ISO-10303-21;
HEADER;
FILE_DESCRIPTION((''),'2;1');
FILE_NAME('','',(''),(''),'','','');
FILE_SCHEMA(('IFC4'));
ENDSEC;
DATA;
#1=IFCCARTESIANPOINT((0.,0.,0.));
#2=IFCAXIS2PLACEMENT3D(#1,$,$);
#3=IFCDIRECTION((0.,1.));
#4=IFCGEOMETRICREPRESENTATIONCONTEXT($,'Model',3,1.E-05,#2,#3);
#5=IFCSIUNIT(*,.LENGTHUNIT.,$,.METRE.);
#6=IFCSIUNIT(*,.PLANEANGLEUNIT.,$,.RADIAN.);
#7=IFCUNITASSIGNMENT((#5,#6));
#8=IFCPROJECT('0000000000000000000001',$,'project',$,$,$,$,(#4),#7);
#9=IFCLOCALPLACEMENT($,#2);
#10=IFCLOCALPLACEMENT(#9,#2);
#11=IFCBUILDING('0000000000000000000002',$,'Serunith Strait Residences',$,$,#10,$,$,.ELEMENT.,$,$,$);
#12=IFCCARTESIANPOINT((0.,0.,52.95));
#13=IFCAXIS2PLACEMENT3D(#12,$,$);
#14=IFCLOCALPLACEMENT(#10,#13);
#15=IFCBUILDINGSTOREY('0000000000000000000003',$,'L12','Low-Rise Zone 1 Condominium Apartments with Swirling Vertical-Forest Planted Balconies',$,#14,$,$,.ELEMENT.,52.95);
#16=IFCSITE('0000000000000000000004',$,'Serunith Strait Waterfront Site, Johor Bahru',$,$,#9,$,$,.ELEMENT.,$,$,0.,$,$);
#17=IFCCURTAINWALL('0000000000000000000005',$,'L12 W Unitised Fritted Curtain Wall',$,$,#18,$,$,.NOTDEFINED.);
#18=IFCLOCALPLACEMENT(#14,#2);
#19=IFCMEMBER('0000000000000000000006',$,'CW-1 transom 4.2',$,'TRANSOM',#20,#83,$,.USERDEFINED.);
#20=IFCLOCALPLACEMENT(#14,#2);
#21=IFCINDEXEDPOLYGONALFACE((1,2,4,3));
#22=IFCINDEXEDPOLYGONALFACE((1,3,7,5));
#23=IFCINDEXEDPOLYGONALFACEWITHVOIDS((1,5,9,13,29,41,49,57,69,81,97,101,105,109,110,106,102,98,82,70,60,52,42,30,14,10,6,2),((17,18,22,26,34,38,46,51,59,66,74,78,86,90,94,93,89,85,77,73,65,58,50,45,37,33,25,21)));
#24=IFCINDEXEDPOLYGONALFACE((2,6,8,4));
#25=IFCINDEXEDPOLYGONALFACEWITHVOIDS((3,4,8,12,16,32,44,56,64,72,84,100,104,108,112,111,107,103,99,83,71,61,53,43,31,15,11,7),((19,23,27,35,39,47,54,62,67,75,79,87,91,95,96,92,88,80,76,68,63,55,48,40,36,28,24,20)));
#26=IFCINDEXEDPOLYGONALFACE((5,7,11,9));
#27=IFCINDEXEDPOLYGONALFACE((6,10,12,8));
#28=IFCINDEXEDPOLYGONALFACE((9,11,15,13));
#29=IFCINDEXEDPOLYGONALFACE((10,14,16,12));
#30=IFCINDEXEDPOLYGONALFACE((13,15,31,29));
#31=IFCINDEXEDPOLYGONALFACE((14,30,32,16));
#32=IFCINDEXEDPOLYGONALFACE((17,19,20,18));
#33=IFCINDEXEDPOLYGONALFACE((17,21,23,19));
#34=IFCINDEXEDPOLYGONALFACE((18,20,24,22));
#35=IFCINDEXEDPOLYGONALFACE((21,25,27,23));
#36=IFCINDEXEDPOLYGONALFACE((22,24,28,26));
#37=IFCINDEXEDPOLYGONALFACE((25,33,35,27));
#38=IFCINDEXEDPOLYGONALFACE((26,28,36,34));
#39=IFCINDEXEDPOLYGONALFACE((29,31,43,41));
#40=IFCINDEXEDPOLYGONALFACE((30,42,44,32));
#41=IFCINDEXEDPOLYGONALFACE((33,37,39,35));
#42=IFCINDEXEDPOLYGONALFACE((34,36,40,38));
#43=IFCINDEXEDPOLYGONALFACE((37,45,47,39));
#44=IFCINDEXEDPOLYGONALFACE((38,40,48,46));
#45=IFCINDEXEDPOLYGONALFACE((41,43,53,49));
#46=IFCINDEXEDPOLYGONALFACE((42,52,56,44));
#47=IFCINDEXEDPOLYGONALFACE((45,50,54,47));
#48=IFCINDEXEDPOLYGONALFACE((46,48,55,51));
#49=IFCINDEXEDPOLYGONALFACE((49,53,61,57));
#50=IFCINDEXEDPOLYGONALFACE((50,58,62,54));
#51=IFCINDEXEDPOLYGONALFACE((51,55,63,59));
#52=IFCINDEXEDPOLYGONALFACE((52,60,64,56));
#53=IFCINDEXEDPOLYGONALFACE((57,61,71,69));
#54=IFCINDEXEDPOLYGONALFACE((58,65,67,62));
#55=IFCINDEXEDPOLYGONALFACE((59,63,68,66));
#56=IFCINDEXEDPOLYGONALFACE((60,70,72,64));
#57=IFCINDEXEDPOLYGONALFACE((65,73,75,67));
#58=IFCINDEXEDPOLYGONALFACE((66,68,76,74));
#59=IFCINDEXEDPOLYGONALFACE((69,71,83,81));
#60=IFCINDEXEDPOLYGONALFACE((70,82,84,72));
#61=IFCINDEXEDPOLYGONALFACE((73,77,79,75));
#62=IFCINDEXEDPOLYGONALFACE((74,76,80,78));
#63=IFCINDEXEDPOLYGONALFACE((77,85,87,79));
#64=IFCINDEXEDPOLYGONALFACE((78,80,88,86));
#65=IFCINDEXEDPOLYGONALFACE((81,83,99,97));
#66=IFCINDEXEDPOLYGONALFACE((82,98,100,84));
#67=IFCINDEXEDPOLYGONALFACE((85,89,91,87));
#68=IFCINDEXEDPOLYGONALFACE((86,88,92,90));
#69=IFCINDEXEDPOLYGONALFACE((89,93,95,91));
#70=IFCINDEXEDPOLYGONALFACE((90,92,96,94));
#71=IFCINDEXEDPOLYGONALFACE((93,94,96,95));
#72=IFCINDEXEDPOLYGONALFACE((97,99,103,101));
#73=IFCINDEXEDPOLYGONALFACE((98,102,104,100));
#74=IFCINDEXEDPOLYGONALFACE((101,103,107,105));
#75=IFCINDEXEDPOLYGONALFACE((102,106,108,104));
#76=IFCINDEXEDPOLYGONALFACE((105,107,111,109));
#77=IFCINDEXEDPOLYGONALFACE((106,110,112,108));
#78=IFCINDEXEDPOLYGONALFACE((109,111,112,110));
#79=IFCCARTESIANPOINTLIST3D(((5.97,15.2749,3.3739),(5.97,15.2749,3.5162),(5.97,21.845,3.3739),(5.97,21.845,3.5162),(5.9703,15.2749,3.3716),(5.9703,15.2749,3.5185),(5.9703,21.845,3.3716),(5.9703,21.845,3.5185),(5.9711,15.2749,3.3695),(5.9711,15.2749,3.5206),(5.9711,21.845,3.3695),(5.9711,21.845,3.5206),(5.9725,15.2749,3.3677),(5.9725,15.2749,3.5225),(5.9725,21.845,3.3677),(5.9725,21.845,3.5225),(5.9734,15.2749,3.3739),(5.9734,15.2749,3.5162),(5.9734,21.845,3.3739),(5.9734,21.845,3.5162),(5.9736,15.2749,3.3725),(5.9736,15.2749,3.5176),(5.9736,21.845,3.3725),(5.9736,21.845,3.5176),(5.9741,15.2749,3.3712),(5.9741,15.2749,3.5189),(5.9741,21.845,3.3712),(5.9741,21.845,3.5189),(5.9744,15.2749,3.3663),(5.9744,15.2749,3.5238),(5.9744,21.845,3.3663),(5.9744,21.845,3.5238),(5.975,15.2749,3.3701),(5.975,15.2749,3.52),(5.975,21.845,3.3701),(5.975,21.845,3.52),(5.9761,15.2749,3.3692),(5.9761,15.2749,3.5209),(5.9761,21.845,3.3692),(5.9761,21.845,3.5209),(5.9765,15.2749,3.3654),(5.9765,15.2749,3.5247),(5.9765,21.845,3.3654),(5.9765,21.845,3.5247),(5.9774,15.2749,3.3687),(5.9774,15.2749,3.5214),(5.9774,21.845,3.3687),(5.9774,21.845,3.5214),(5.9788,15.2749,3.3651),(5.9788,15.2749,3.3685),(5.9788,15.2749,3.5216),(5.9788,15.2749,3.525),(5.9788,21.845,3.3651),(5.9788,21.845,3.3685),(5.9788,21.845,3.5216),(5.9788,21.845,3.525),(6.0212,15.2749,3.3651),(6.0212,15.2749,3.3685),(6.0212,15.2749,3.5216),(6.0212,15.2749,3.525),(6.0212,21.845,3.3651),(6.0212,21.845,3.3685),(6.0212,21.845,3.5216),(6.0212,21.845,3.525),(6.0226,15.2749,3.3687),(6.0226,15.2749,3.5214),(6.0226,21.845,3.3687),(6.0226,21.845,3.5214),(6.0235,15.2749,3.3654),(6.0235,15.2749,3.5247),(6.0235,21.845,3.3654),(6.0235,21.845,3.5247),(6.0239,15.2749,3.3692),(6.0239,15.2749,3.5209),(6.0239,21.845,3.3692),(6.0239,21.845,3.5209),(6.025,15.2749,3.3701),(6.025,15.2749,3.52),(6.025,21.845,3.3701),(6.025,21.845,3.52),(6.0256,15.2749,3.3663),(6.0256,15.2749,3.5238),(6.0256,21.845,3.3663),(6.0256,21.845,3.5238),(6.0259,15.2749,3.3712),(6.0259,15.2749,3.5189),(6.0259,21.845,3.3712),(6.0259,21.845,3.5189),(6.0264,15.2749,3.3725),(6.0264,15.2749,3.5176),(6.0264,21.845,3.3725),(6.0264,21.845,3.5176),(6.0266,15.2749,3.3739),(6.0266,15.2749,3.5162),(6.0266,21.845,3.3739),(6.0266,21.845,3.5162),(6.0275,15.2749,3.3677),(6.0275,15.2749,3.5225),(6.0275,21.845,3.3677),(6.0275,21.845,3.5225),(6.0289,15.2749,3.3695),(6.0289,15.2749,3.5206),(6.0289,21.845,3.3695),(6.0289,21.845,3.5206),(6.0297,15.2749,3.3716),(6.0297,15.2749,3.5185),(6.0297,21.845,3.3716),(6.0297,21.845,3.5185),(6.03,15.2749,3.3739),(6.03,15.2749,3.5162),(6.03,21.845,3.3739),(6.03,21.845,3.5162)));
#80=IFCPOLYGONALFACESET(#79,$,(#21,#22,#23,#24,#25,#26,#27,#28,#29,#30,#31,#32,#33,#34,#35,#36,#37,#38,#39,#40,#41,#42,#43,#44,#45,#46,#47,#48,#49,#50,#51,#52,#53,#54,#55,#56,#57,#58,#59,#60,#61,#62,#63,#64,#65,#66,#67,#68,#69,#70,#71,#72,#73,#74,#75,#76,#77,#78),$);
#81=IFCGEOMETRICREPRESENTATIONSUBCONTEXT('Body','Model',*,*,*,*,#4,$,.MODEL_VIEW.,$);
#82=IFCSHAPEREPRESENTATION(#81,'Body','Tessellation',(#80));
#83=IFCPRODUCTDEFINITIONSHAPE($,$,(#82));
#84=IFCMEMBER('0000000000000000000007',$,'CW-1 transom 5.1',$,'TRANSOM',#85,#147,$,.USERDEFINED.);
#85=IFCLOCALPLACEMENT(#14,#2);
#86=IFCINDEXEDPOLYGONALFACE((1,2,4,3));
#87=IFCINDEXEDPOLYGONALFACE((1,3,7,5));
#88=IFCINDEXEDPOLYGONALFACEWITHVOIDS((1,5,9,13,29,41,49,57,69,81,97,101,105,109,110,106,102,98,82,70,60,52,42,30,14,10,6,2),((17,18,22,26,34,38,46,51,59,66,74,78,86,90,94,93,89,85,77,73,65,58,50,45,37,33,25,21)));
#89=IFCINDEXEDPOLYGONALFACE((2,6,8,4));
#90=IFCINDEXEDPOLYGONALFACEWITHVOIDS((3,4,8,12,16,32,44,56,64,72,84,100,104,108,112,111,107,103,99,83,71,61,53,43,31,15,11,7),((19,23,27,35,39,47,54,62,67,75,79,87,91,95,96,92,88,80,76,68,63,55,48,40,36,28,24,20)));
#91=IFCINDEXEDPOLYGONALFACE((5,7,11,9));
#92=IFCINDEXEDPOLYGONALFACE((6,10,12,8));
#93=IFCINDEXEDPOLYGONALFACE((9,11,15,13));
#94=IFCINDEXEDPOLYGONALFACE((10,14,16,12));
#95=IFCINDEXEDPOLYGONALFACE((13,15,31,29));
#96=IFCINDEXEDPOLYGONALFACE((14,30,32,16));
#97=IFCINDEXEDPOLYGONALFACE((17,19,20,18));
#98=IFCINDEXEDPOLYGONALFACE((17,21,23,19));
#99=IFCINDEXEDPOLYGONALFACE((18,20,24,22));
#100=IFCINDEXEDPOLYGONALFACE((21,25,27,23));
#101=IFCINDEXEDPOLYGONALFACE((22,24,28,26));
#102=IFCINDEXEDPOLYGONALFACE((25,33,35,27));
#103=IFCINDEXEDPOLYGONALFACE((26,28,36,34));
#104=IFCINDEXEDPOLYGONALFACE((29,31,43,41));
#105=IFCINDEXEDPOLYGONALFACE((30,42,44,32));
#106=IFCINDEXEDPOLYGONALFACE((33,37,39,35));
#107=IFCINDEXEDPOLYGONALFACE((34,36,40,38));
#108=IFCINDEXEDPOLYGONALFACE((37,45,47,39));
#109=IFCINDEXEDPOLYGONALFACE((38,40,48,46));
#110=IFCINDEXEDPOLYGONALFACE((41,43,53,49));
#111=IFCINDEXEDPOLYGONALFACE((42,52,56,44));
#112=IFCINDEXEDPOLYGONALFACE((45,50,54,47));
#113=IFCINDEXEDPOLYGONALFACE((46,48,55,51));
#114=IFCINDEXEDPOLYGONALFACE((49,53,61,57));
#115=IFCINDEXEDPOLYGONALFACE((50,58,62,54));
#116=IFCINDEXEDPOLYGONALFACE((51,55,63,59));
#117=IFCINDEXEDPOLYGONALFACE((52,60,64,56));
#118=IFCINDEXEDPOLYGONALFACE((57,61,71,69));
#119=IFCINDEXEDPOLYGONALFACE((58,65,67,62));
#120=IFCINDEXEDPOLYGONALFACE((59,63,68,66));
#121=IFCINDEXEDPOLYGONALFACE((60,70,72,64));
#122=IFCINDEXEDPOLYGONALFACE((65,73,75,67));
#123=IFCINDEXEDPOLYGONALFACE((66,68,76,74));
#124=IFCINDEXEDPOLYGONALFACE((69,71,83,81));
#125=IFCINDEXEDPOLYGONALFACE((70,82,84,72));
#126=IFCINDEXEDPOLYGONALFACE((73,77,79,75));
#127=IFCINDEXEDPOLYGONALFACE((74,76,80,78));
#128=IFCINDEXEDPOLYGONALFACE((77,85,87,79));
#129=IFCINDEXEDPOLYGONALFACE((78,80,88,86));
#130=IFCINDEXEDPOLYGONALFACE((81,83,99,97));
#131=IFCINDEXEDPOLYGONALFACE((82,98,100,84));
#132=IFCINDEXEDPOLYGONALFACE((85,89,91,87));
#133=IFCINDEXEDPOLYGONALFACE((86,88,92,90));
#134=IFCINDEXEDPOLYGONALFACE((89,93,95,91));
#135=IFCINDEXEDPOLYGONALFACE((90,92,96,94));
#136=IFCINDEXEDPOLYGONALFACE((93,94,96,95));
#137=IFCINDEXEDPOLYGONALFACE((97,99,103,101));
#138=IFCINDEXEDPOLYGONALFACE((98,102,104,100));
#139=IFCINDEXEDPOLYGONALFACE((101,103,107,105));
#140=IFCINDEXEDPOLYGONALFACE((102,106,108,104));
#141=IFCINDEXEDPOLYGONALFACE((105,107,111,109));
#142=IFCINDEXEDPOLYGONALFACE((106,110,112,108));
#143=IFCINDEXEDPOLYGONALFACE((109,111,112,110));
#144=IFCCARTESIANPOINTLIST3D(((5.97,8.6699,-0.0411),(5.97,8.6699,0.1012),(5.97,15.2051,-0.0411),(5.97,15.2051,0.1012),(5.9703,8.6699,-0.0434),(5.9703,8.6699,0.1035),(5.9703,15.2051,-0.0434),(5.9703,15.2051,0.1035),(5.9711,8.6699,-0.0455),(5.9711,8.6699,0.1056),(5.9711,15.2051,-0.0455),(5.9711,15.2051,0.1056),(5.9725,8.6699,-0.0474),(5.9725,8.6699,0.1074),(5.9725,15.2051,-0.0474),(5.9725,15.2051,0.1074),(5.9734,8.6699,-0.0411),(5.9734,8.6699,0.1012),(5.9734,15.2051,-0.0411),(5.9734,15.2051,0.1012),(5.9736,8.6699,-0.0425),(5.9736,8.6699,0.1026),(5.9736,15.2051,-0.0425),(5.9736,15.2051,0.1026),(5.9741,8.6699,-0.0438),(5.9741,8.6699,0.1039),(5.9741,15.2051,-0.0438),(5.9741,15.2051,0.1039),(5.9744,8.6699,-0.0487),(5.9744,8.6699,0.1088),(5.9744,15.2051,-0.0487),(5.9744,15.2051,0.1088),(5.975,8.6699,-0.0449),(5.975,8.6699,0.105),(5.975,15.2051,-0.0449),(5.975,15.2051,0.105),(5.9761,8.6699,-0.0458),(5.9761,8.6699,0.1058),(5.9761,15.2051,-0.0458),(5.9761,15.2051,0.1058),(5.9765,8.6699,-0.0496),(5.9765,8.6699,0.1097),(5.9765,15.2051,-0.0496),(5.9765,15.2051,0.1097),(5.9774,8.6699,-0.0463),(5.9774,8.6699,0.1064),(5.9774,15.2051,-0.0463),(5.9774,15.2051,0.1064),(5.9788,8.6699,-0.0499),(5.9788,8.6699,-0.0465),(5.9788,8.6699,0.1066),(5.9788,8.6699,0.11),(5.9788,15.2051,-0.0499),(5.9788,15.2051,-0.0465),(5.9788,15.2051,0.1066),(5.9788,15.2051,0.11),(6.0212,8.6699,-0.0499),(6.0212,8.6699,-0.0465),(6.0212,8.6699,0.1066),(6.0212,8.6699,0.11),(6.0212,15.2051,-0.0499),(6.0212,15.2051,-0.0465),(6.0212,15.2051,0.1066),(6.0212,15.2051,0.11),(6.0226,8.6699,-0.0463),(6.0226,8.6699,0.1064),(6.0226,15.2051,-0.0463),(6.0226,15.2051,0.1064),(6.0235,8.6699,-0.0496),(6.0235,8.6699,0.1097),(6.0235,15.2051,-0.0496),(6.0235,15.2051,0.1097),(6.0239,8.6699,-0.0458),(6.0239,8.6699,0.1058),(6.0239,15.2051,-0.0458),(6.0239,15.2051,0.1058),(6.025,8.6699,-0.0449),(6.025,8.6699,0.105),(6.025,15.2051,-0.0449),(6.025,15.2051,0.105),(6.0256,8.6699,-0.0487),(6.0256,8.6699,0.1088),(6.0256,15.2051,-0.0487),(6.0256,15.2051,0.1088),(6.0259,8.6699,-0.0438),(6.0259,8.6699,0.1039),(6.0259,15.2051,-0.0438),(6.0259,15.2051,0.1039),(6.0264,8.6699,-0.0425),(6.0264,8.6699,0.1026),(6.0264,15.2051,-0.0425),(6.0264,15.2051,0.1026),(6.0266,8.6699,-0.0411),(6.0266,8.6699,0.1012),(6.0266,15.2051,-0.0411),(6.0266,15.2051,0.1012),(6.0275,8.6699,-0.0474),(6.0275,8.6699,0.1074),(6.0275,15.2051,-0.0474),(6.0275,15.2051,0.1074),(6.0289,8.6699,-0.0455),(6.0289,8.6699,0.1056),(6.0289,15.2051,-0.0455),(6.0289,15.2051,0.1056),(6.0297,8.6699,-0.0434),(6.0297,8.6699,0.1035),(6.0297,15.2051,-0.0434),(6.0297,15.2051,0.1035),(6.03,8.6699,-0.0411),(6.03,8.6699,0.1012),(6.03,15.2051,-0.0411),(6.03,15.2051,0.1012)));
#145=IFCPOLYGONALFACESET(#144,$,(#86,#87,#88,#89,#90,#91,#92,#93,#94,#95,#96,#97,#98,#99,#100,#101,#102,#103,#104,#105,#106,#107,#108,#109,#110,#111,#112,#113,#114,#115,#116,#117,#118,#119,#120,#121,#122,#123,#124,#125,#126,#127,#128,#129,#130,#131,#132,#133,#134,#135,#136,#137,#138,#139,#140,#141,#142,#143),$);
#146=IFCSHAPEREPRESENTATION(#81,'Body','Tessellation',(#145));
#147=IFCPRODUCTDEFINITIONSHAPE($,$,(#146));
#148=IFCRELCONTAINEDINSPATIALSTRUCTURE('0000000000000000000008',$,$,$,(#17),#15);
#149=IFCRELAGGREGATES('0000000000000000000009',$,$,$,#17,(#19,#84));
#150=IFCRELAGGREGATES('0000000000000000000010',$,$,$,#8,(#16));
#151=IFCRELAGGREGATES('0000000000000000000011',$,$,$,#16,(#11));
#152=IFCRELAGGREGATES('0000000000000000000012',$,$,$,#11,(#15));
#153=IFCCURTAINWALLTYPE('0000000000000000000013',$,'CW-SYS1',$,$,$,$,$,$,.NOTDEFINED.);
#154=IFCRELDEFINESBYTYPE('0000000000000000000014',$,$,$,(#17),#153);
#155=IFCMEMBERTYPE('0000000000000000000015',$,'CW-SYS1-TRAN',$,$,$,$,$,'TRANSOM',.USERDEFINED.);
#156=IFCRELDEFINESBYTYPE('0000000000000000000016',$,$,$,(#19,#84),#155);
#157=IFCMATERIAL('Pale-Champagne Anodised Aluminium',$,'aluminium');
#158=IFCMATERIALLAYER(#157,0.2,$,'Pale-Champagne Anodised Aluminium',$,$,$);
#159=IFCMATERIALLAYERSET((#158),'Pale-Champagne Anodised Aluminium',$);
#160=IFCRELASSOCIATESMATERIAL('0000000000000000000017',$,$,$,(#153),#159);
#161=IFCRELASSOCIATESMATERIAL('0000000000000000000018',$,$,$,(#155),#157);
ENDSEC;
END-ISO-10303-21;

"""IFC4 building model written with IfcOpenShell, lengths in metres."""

from ifc_helpers import new_model, si_unit, direction, frame, origin, origin_2d, place, context, subcontext, project, spatial, hollow_rectangle, extrude, source, transform, mapped, material, layer, layer_set, material_profile, profile_set, type_object, element, aggregate, save


model = new_model("IFC4")

# Units and contexts
model_context = context("Model", 3, precision=1e-05, world=origin(), true_north=direction((0.0, 1.0)))
body_context = subcontext(model_context, "Body", "Model", "MODEL_VIEW")
ifc_project = project(units=[si_unit("LENGTHUNIT", "METRE"), si_unit("PLANEANGLEUNIT", "RADIAN")], contexts=[model_context])

# Site, building, storey
site_placement = place(None, origin())
site = spatial("IfcSite", under=ifc_project, at=site_placement, Name="Serunith Strait Waterfront Site, Johor Bahru", CompositionType="ELEMENT", RefElevation=0.0)
building_placement = place(site_placement, origin())
building = spatial("IfcBuilding", under=site, at=building_placement, Name="Serunith Strait Residences", CompositionType="ELEMENT")
storey_placement = place(building_placement, frame((0.0, 0.0, 52.95)))
storey = spatial("IfcBuildingStorey", under=building, at=storey_placement, Name="L12", Description="Low-Rise Zone 1 Condominium Apartments with Swirling Vertical-Forest Planted Balconies", CompositionType="ELEMENT", Elevation=52.95)

# Curtain wall, members
ifc_material_1 = material(Name="Pale-Champagne Anodised Aluminium", Category="aluminium")
ifc_layer_1 = layer(ifc_material_1, 0.2, Name="Pale-Champagne Anodised Aluminium")
ifc_layer_set_1 = layer_set([ifc_layer_1], Name="Pale-Champagne Anodised Aluminium")
curtain_wall_type = type_object("IfcCurtainWallType", Name="CW-SYS1", PredefinedType="NOTDEFINED", material=ifc_layer_set_1)
curtain_wall_placement = place(storey_placement, origin())
curtain_wall = element("IfcCurtainWall", 1, at=curtain_wall_placement, inside=storey, type_object=curtain_wall_type, Name="L12 W Unitised Fritted Curtain Wall", PredefinedType="NOTDEFINED")
ifc_material_profile_1 = material_profile(ifc_material_1, hollow_rectangle(XDim=0.0601, YDim=0.1599, WallThickness=0.0034, InnerFilletRadius=0.0054, OuterFilletRadius=0.0088, at=origin_2d()), Name="ALU 160x60x3.5")
ifc_profile_set_1 = profile_set([ifc_material_profile_1], Name="Pale-Champagne Anodised Aluminium")
member_type_1 = type_object("IfcMemberType", Name="CW-SYS1-TRAN", ElementType="TRANSOM", PredefinedType="USERDEFINED", material=ifc_profile_set_1)
shared_shape_1 = source(origin(), body_context, "Body", "SweptSolid", [
    extrude(hollow_rectangle(XDim=0.0601, YDim=0.1599, WallThickness=0.0034, InnerFilletRadius=0.0054, OuterFilletRadius=0.0088, at=origin_2d()), origin(), (0.0, 0.0, 1.0), 6.5701),
])
member_1_placement = place(storey_placement, frame((6.0, 21.845, 3.4451), z_axis=(0.0, -1.0, 0.0), x_axis=(1.0, 0.0, 0.0)))
member_1 = element("IfcMember", 2, at=member_1_placement, type_object=member_type_1, Name="CW-1 transom 4.2", ObjectType="TRANSOM", PredefinedType="USERDEFINED", context=body_context, shape_type="MappedRepresentation", body=[
    mapped(shared_shape_1, transform((0.0, 0.0, 0.0), scale=1.0)),
])
shared_shape_2 = source(origin(), body_context, "Body", "SweptSolid", [
    extrude(hollow_rectangle(XDim=0.0601, YDim=0.1599, WallThickness=0.0034, InnerFilletRadius=0.0054, OuterFilletRadius=0.0088, at=origin_2d()), origin(), (0.0, 0.0, 1.0), 6.5352),
])
member_2_placement = place(storey_placement, frame((6.0, 15.2051, 0.03), z_axis=(0.0, -1.0, 0.0), x_axis=(1.0, 0.0, 0.0)))
member_2 = element("IfcMember", 3, at=member_2_placement, type_object=member_type_1, Name="CW-1 transom 5.1", ObjectType="TRANSOM", PredefinedType="USERDEFINED", context=body_context, shape_type="MappedRepresentation", body=[
    mapped(shared_shape_2, transform((0.0, 0.0, 0.0), scale=1.0)),
])
aggregate(curtain_wall, [member_1, member_2])

save(model, "model.ifc")
